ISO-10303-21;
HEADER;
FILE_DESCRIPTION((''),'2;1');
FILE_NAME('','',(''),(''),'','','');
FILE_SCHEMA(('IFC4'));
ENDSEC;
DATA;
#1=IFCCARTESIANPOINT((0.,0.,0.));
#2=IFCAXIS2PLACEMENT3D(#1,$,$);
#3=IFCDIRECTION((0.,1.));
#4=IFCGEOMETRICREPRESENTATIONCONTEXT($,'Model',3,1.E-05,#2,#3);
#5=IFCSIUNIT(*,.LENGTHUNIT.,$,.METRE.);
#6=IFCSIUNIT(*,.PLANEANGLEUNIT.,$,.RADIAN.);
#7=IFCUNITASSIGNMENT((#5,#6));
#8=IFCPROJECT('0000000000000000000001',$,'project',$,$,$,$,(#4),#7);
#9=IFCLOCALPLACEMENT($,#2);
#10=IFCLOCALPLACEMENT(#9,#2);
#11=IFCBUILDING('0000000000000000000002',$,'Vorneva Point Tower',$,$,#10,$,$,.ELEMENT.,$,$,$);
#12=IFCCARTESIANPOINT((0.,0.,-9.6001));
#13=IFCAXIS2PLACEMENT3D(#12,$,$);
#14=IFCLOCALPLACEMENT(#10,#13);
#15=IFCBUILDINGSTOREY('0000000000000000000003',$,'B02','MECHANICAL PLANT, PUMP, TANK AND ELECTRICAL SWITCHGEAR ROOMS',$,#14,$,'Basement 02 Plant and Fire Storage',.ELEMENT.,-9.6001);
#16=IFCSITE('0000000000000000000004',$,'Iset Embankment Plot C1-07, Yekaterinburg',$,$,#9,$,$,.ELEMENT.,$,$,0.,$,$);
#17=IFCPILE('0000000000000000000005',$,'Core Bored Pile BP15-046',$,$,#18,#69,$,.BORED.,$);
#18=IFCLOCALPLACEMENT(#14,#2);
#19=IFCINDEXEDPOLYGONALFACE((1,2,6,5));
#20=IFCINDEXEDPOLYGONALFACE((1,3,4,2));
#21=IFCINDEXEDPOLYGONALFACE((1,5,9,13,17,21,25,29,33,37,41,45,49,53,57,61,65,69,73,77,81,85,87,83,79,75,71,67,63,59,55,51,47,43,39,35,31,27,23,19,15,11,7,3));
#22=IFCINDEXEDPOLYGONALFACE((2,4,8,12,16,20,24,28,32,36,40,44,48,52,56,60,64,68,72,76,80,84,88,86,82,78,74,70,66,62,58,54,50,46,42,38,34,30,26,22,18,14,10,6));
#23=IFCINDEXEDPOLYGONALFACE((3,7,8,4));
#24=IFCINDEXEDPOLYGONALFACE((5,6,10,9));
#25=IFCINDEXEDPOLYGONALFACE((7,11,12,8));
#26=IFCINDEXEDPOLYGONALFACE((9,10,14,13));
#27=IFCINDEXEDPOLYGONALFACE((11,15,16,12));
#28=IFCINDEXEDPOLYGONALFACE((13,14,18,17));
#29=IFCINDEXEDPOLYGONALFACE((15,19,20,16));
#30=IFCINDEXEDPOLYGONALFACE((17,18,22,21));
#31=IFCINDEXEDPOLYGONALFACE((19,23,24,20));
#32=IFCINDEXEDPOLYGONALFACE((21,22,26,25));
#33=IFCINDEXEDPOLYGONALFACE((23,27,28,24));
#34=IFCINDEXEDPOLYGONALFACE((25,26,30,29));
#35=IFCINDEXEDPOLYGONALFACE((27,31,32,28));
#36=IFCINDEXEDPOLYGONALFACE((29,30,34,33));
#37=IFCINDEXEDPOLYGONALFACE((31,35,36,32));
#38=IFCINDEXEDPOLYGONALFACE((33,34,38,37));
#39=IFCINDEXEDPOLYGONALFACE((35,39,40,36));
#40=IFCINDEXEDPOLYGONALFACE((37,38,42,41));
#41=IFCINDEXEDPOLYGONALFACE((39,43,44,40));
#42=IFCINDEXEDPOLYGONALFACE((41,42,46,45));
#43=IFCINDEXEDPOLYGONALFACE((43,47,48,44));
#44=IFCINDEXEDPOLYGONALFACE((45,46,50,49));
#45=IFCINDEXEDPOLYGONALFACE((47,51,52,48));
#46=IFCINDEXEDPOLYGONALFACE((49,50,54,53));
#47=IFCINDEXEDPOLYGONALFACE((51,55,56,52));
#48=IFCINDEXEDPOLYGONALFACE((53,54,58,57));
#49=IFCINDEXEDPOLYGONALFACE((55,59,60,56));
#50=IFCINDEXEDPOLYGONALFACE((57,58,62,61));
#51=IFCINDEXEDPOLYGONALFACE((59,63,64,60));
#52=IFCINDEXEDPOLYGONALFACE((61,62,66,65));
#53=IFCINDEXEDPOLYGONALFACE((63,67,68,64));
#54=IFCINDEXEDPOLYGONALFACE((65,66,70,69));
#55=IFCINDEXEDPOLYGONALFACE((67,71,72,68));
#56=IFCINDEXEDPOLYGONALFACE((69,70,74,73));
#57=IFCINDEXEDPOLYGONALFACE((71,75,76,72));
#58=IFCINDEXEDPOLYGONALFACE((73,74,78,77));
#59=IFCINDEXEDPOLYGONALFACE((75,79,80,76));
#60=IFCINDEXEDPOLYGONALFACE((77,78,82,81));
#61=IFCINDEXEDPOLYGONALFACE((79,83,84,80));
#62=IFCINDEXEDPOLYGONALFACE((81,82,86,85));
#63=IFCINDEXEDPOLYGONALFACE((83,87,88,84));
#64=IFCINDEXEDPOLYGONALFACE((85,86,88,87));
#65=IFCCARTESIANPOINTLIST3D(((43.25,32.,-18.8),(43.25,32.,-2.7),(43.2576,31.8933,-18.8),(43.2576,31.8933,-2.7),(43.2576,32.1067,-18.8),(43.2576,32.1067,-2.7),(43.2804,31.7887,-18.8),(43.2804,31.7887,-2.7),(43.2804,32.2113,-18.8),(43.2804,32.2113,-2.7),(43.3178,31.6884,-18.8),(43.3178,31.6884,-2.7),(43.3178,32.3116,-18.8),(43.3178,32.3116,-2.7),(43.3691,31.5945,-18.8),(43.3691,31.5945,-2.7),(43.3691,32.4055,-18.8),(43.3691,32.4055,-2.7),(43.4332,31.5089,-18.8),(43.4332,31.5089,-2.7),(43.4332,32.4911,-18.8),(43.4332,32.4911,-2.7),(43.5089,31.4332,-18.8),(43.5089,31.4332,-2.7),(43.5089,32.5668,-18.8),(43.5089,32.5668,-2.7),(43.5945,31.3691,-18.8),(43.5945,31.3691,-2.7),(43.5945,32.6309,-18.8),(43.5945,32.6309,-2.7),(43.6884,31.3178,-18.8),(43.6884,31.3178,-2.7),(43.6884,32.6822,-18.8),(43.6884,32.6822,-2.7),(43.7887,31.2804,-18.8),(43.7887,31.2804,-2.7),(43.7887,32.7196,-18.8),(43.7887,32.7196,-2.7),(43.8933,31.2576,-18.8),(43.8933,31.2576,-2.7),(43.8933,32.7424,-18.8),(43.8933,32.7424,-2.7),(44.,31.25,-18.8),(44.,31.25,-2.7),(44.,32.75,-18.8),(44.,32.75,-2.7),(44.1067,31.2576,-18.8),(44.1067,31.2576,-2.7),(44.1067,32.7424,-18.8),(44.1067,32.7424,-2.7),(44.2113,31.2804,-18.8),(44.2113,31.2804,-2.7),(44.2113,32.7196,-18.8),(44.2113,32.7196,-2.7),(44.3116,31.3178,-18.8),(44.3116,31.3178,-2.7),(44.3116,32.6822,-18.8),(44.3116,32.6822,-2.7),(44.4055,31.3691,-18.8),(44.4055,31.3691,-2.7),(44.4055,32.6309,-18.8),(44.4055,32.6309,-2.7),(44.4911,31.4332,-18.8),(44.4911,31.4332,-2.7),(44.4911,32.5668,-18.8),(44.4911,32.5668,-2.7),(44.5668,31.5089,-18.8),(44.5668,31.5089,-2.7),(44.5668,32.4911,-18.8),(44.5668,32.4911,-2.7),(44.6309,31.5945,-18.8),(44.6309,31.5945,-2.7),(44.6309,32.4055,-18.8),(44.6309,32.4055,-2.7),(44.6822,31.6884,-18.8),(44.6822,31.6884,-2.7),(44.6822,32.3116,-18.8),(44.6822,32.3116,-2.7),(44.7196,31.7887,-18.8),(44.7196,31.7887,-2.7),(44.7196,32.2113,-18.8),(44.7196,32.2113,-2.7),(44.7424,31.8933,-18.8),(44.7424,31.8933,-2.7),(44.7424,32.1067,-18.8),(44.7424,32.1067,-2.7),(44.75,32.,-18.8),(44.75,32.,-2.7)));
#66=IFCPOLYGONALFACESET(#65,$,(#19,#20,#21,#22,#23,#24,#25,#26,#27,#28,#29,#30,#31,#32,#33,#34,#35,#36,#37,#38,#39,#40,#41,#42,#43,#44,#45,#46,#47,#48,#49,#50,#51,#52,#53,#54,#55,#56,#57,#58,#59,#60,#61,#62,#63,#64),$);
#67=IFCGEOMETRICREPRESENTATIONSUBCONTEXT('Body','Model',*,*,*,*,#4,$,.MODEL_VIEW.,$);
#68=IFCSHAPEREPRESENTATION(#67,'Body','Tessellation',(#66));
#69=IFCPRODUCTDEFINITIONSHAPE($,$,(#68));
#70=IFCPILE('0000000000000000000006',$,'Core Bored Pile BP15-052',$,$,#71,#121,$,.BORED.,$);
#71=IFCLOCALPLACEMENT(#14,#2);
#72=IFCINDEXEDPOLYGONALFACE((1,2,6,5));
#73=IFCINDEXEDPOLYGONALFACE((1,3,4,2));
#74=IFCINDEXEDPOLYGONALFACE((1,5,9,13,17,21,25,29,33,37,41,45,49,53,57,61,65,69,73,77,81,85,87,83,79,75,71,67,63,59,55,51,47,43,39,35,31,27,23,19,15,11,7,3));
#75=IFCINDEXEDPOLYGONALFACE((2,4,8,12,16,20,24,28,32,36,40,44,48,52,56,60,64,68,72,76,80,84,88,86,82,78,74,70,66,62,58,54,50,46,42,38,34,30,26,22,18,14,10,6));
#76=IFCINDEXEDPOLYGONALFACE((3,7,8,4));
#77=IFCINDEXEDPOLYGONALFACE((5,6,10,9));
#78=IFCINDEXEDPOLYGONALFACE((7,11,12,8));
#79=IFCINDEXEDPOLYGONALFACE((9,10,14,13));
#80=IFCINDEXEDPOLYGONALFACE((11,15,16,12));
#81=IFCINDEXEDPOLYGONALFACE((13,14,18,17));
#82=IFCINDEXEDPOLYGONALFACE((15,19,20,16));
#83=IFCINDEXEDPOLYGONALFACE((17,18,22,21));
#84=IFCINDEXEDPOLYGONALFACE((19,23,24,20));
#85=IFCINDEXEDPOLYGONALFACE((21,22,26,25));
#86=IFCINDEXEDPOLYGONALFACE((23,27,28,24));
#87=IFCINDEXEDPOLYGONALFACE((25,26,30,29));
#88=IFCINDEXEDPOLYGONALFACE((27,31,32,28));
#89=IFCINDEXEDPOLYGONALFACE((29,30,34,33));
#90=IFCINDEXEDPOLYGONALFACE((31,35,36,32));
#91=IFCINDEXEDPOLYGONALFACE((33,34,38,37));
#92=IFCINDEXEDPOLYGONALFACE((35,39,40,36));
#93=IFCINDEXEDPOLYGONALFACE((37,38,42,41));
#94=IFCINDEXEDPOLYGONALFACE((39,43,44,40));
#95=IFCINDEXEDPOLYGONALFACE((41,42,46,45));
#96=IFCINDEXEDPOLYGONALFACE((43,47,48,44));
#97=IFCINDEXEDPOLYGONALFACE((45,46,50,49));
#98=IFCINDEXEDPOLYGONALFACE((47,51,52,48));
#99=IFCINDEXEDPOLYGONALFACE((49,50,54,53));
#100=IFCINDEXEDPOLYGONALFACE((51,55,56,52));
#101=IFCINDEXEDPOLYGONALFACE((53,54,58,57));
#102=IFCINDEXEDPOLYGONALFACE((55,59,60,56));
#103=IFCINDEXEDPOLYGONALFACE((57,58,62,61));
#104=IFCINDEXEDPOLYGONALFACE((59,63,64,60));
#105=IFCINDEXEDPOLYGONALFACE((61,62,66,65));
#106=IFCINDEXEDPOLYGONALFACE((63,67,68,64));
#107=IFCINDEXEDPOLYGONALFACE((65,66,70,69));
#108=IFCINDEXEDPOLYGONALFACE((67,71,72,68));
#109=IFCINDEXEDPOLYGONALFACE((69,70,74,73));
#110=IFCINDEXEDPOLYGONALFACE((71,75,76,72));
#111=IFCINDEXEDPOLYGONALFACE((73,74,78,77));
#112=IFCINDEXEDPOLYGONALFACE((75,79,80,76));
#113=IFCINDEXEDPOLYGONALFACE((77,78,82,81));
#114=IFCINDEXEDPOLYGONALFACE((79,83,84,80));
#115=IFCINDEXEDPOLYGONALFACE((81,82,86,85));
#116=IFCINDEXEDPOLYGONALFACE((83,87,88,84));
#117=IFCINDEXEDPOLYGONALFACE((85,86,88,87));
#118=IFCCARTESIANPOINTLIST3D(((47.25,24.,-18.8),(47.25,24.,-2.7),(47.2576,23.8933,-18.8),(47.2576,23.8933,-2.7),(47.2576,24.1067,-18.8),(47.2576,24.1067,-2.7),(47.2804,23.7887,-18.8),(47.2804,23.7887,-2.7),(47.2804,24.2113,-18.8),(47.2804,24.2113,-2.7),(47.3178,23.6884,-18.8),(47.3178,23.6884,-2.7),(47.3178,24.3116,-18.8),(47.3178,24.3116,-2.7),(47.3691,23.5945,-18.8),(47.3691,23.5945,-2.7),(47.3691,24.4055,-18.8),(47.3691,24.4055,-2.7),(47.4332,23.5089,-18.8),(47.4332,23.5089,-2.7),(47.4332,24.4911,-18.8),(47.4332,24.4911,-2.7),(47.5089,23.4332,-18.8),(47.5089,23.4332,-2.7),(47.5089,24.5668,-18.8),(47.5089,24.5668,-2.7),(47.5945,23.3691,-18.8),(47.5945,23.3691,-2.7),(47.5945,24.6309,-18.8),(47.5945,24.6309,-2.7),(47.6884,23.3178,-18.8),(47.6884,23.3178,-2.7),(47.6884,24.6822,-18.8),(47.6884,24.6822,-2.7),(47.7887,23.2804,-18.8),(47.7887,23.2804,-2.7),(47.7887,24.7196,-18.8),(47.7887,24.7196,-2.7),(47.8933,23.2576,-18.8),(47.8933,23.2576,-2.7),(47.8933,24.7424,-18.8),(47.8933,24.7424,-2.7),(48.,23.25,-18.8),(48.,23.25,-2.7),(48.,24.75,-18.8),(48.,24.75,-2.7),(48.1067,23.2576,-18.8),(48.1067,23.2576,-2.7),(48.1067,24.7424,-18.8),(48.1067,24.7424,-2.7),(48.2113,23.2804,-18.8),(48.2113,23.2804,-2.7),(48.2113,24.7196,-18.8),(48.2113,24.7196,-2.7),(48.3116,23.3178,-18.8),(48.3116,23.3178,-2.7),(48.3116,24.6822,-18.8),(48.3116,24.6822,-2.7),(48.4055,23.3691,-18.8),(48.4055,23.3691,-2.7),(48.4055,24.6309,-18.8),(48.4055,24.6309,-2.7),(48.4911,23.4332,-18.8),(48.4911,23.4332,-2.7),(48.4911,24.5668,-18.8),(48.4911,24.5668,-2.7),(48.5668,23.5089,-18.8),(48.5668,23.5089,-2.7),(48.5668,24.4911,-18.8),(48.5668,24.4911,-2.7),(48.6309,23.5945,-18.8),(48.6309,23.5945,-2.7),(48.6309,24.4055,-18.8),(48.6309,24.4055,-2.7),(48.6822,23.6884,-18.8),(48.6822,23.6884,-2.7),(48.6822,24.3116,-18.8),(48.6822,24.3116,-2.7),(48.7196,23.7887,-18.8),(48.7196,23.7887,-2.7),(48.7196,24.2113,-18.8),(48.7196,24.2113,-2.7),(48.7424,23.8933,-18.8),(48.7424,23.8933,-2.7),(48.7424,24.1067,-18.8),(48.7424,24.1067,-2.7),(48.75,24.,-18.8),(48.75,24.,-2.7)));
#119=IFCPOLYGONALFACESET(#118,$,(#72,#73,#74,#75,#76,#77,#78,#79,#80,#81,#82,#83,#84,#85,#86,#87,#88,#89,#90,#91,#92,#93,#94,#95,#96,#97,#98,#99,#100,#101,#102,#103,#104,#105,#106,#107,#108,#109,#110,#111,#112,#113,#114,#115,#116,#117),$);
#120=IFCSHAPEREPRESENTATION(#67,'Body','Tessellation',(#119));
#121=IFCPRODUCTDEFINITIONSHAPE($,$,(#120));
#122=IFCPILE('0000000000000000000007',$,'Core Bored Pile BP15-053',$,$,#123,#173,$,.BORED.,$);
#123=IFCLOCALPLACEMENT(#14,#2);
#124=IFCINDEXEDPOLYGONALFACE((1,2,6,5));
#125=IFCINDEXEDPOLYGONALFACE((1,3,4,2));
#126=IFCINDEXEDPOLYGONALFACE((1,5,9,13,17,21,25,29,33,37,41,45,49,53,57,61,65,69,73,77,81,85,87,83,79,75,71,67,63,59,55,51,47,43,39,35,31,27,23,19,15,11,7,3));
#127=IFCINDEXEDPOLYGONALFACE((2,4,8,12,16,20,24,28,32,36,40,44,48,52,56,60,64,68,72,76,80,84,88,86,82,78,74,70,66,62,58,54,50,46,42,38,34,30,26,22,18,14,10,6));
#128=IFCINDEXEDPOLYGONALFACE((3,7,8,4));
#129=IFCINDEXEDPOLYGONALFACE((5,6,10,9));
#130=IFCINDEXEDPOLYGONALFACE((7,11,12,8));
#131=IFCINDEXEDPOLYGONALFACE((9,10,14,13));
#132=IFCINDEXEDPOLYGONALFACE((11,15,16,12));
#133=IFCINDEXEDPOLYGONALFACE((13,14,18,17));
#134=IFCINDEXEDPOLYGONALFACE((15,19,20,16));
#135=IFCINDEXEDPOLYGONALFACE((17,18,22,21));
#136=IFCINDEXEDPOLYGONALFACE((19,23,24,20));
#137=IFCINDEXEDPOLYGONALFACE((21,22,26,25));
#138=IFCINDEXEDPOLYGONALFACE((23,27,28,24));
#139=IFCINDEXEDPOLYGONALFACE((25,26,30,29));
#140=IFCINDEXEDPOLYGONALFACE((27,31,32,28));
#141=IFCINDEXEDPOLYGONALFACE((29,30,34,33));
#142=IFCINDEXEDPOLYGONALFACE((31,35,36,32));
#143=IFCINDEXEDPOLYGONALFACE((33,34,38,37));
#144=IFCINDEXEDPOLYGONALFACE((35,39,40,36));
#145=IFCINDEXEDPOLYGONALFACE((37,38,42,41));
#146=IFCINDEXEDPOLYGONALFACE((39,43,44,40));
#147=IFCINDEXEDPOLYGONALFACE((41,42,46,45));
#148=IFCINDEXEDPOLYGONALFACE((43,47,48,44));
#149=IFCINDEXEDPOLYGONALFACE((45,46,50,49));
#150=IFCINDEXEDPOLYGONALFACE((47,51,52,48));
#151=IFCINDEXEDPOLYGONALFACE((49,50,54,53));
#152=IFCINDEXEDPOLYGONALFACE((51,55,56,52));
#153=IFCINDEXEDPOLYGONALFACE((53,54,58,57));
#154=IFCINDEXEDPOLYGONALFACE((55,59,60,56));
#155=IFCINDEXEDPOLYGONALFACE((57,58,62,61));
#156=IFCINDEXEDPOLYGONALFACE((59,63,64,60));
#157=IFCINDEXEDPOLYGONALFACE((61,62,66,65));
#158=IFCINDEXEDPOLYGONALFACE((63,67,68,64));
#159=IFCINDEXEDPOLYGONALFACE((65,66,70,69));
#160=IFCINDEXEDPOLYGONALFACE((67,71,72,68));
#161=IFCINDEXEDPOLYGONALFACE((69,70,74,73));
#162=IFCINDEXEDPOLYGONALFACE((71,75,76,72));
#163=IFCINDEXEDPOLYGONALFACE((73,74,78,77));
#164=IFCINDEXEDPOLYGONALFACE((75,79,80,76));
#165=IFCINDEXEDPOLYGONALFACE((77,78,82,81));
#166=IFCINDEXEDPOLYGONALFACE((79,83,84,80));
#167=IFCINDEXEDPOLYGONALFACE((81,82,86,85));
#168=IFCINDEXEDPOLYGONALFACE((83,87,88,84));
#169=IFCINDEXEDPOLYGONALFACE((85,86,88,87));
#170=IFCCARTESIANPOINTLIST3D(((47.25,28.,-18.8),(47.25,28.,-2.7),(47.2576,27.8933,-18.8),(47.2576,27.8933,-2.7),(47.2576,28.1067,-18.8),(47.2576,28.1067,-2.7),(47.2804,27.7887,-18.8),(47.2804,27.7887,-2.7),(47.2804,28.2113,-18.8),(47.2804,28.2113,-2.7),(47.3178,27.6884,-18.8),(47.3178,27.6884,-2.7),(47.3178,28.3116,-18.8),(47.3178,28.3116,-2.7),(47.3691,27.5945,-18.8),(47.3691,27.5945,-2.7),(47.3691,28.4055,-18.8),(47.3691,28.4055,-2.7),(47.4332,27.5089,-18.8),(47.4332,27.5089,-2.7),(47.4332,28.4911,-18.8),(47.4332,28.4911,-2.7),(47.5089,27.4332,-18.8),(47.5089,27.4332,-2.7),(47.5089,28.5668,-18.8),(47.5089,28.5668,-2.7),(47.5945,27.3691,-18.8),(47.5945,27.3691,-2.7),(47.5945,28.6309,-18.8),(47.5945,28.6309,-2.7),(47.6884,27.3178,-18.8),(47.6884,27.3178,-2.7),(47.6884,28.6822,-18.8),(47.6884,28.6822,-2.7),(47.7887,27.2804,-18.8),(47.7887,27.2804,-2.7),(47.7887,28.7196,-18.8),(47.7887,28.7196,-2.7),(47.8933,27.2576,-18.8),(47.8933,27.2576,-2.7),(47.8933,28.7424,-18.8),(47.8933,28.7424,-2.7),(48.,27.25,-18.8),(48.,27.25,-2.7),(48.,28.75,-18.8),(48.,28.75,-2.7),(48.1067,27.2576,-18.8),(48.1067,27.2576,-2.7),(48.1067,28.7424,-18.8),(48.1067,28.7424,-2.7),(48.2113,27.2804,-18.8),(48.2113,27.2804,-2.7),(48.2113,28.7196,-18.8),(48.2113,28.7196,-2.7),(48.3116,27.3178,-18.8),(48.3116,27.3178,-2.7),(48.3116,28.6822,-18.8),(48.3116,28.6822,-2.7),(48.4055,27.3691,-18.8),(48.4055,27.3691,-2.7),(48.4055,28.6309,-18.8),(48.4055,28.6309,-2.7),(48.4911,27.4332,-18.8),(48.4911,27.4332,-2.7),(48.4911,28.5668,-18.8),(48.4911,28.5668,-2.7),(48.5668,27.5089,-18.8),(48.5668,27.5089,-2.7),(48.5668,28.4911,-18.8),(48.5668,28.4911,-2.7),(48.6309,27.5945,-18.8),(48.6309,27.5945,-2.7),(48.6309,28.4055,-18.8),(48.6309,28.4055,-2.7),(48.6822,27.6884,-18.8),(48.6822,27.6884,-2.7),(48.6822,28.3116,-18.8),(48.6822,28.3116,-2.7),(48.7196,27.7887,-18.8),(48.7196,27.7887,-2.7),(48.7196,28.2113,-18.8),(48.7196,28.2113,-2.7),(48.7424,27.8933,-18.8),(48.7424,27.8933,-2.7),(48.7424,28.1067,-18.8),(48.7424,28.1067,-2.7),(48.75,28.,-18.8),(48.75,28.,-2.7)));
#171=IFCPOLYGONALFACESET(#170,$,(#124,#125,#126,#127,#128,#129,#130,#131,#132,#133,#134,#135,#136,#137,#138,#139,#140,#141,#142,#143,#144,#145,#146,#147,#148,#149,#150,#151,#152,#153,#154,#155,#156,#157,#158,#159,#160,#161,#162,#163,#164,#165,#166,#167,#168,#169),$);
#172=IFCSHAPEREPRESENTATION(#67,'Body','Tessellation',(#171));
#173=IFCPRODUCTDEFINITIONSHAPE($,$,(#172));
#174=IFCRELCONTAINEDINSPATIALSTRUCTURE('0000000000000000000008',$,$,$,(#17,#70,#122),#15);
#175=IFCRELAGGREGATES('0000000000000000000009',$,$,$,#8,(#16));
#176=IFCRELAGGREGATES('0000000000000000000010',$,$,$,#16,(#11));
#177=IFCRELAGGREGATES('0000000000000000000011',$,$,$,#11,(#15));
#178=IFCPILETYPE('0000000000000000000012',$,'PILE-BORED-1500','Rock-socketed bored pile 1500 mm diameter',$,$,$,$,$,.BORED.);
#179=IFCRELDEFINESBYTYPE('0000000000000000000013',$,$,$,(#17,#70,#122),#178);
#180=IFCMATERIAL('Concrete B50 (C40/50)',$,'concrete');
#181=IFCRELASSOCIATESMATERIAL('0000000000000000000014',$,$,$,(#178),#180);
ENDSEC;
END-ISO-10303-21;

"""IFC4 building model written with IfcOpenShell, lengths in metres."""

from ifc_helpers import new_model, si_unit, direction, frame, origin, origin_2d, place, context, subcontext, project, spatial, circle, extrude, material, material_profile, profile_set, type_object, element, save


model = new_model("IFC4")

# Units and contexts
model_context = context("Model", 3, precision=1e-05, world=origin(), true_north=direction((0.0, 1.0)))
body_context = subcontext(model_context, "Body", "Model", "MODEL_VIEW")
ifc_project = project(units=[si_unit("LENGTHUNIT", "METRE"), si_unit("PLANEANGLEUNIT", "RADIAN")], contexts=[model_context])

# Site, building, storey
site_placement = place(None, origin())
site = spatial("IfcSite", under=ifc_project, at=site_placement, Name="Iset Embankment Plot C1-07, Yekaterinburg", CompositionType="ELEMENT", RefElevation=0.0)
building_placement = place(site_placement, origin())
building = spatial("IfcBuilding", under=site, at=building_placement, Name="Vorneva Point Tower", CompositionType="ELEMENT")
storey_placement = place(building_placement, frame((0.0, 0.0, -9.6001)))
storey = spatial("IfcBuildingStorey", under=building, at=storey_placement, Name="B02", Description="MECHANICAL PLANT, PUMP, TANK AND ELECTRICAL SWITCHGEAR ROOMS", LongName="Basement 02 Plant and Fire Storage", CompositionType="ELEMENT", Elevation=-9.6001)

# Piles
ifc_material_1 = material(Name="Concrete B50 (C40/50)", Category="concrete")
ifc_material_profile_1 = material_profile(ifc_material_1, circle(Radius=0.75, at=origin_2d()), Name="PILE-1500")
ifc_profile_set_1 = profile_set([ifc_material_profile_1], Name="Concrete B50 (C40/50)")
pile_type = type_object("IfcPileType", Name="PILE-BORED-1500", Description="Rock-socketed bored pile 1500 mm diameter", PredefinedType="BORED", material=ifc_profile_set_1)
for number, where, z_axis, x_axis, name in (
    (1, (44.0, 32.0, -2.7), (0.0, 0.0, -1.0), (1.0, 0.0, 0.0), "Core Bored Pile BP15-046"),
    (2, (48.0, 24.0, -2.7), (0.0, 0.0, -1.0), (1.0, 0.0, 0.0), "Core Bored Pile BP15-052"),
    (3, (48.0, 28.0, -2.7), (0.0, 0.0, -1.0), (1.0, 0.0, 0.0), "Core Bored Pile BP15-053"),
):
    element("IfcPile", number, at=place(storey_placement, frame(where, z_axis=z_axis, x_axis=x_axis)), inside=storey, type_object=pile_type, Name=name, PredefinedType="BORED", context=body_context, shape_type="SweptSolid", body=[
        extrude(circle(Radius=0.75, at=origin_2d()), origin(), (0.0, 0.0, 1.0), 16.1001),
    ])

save(model, "model.ifc")
